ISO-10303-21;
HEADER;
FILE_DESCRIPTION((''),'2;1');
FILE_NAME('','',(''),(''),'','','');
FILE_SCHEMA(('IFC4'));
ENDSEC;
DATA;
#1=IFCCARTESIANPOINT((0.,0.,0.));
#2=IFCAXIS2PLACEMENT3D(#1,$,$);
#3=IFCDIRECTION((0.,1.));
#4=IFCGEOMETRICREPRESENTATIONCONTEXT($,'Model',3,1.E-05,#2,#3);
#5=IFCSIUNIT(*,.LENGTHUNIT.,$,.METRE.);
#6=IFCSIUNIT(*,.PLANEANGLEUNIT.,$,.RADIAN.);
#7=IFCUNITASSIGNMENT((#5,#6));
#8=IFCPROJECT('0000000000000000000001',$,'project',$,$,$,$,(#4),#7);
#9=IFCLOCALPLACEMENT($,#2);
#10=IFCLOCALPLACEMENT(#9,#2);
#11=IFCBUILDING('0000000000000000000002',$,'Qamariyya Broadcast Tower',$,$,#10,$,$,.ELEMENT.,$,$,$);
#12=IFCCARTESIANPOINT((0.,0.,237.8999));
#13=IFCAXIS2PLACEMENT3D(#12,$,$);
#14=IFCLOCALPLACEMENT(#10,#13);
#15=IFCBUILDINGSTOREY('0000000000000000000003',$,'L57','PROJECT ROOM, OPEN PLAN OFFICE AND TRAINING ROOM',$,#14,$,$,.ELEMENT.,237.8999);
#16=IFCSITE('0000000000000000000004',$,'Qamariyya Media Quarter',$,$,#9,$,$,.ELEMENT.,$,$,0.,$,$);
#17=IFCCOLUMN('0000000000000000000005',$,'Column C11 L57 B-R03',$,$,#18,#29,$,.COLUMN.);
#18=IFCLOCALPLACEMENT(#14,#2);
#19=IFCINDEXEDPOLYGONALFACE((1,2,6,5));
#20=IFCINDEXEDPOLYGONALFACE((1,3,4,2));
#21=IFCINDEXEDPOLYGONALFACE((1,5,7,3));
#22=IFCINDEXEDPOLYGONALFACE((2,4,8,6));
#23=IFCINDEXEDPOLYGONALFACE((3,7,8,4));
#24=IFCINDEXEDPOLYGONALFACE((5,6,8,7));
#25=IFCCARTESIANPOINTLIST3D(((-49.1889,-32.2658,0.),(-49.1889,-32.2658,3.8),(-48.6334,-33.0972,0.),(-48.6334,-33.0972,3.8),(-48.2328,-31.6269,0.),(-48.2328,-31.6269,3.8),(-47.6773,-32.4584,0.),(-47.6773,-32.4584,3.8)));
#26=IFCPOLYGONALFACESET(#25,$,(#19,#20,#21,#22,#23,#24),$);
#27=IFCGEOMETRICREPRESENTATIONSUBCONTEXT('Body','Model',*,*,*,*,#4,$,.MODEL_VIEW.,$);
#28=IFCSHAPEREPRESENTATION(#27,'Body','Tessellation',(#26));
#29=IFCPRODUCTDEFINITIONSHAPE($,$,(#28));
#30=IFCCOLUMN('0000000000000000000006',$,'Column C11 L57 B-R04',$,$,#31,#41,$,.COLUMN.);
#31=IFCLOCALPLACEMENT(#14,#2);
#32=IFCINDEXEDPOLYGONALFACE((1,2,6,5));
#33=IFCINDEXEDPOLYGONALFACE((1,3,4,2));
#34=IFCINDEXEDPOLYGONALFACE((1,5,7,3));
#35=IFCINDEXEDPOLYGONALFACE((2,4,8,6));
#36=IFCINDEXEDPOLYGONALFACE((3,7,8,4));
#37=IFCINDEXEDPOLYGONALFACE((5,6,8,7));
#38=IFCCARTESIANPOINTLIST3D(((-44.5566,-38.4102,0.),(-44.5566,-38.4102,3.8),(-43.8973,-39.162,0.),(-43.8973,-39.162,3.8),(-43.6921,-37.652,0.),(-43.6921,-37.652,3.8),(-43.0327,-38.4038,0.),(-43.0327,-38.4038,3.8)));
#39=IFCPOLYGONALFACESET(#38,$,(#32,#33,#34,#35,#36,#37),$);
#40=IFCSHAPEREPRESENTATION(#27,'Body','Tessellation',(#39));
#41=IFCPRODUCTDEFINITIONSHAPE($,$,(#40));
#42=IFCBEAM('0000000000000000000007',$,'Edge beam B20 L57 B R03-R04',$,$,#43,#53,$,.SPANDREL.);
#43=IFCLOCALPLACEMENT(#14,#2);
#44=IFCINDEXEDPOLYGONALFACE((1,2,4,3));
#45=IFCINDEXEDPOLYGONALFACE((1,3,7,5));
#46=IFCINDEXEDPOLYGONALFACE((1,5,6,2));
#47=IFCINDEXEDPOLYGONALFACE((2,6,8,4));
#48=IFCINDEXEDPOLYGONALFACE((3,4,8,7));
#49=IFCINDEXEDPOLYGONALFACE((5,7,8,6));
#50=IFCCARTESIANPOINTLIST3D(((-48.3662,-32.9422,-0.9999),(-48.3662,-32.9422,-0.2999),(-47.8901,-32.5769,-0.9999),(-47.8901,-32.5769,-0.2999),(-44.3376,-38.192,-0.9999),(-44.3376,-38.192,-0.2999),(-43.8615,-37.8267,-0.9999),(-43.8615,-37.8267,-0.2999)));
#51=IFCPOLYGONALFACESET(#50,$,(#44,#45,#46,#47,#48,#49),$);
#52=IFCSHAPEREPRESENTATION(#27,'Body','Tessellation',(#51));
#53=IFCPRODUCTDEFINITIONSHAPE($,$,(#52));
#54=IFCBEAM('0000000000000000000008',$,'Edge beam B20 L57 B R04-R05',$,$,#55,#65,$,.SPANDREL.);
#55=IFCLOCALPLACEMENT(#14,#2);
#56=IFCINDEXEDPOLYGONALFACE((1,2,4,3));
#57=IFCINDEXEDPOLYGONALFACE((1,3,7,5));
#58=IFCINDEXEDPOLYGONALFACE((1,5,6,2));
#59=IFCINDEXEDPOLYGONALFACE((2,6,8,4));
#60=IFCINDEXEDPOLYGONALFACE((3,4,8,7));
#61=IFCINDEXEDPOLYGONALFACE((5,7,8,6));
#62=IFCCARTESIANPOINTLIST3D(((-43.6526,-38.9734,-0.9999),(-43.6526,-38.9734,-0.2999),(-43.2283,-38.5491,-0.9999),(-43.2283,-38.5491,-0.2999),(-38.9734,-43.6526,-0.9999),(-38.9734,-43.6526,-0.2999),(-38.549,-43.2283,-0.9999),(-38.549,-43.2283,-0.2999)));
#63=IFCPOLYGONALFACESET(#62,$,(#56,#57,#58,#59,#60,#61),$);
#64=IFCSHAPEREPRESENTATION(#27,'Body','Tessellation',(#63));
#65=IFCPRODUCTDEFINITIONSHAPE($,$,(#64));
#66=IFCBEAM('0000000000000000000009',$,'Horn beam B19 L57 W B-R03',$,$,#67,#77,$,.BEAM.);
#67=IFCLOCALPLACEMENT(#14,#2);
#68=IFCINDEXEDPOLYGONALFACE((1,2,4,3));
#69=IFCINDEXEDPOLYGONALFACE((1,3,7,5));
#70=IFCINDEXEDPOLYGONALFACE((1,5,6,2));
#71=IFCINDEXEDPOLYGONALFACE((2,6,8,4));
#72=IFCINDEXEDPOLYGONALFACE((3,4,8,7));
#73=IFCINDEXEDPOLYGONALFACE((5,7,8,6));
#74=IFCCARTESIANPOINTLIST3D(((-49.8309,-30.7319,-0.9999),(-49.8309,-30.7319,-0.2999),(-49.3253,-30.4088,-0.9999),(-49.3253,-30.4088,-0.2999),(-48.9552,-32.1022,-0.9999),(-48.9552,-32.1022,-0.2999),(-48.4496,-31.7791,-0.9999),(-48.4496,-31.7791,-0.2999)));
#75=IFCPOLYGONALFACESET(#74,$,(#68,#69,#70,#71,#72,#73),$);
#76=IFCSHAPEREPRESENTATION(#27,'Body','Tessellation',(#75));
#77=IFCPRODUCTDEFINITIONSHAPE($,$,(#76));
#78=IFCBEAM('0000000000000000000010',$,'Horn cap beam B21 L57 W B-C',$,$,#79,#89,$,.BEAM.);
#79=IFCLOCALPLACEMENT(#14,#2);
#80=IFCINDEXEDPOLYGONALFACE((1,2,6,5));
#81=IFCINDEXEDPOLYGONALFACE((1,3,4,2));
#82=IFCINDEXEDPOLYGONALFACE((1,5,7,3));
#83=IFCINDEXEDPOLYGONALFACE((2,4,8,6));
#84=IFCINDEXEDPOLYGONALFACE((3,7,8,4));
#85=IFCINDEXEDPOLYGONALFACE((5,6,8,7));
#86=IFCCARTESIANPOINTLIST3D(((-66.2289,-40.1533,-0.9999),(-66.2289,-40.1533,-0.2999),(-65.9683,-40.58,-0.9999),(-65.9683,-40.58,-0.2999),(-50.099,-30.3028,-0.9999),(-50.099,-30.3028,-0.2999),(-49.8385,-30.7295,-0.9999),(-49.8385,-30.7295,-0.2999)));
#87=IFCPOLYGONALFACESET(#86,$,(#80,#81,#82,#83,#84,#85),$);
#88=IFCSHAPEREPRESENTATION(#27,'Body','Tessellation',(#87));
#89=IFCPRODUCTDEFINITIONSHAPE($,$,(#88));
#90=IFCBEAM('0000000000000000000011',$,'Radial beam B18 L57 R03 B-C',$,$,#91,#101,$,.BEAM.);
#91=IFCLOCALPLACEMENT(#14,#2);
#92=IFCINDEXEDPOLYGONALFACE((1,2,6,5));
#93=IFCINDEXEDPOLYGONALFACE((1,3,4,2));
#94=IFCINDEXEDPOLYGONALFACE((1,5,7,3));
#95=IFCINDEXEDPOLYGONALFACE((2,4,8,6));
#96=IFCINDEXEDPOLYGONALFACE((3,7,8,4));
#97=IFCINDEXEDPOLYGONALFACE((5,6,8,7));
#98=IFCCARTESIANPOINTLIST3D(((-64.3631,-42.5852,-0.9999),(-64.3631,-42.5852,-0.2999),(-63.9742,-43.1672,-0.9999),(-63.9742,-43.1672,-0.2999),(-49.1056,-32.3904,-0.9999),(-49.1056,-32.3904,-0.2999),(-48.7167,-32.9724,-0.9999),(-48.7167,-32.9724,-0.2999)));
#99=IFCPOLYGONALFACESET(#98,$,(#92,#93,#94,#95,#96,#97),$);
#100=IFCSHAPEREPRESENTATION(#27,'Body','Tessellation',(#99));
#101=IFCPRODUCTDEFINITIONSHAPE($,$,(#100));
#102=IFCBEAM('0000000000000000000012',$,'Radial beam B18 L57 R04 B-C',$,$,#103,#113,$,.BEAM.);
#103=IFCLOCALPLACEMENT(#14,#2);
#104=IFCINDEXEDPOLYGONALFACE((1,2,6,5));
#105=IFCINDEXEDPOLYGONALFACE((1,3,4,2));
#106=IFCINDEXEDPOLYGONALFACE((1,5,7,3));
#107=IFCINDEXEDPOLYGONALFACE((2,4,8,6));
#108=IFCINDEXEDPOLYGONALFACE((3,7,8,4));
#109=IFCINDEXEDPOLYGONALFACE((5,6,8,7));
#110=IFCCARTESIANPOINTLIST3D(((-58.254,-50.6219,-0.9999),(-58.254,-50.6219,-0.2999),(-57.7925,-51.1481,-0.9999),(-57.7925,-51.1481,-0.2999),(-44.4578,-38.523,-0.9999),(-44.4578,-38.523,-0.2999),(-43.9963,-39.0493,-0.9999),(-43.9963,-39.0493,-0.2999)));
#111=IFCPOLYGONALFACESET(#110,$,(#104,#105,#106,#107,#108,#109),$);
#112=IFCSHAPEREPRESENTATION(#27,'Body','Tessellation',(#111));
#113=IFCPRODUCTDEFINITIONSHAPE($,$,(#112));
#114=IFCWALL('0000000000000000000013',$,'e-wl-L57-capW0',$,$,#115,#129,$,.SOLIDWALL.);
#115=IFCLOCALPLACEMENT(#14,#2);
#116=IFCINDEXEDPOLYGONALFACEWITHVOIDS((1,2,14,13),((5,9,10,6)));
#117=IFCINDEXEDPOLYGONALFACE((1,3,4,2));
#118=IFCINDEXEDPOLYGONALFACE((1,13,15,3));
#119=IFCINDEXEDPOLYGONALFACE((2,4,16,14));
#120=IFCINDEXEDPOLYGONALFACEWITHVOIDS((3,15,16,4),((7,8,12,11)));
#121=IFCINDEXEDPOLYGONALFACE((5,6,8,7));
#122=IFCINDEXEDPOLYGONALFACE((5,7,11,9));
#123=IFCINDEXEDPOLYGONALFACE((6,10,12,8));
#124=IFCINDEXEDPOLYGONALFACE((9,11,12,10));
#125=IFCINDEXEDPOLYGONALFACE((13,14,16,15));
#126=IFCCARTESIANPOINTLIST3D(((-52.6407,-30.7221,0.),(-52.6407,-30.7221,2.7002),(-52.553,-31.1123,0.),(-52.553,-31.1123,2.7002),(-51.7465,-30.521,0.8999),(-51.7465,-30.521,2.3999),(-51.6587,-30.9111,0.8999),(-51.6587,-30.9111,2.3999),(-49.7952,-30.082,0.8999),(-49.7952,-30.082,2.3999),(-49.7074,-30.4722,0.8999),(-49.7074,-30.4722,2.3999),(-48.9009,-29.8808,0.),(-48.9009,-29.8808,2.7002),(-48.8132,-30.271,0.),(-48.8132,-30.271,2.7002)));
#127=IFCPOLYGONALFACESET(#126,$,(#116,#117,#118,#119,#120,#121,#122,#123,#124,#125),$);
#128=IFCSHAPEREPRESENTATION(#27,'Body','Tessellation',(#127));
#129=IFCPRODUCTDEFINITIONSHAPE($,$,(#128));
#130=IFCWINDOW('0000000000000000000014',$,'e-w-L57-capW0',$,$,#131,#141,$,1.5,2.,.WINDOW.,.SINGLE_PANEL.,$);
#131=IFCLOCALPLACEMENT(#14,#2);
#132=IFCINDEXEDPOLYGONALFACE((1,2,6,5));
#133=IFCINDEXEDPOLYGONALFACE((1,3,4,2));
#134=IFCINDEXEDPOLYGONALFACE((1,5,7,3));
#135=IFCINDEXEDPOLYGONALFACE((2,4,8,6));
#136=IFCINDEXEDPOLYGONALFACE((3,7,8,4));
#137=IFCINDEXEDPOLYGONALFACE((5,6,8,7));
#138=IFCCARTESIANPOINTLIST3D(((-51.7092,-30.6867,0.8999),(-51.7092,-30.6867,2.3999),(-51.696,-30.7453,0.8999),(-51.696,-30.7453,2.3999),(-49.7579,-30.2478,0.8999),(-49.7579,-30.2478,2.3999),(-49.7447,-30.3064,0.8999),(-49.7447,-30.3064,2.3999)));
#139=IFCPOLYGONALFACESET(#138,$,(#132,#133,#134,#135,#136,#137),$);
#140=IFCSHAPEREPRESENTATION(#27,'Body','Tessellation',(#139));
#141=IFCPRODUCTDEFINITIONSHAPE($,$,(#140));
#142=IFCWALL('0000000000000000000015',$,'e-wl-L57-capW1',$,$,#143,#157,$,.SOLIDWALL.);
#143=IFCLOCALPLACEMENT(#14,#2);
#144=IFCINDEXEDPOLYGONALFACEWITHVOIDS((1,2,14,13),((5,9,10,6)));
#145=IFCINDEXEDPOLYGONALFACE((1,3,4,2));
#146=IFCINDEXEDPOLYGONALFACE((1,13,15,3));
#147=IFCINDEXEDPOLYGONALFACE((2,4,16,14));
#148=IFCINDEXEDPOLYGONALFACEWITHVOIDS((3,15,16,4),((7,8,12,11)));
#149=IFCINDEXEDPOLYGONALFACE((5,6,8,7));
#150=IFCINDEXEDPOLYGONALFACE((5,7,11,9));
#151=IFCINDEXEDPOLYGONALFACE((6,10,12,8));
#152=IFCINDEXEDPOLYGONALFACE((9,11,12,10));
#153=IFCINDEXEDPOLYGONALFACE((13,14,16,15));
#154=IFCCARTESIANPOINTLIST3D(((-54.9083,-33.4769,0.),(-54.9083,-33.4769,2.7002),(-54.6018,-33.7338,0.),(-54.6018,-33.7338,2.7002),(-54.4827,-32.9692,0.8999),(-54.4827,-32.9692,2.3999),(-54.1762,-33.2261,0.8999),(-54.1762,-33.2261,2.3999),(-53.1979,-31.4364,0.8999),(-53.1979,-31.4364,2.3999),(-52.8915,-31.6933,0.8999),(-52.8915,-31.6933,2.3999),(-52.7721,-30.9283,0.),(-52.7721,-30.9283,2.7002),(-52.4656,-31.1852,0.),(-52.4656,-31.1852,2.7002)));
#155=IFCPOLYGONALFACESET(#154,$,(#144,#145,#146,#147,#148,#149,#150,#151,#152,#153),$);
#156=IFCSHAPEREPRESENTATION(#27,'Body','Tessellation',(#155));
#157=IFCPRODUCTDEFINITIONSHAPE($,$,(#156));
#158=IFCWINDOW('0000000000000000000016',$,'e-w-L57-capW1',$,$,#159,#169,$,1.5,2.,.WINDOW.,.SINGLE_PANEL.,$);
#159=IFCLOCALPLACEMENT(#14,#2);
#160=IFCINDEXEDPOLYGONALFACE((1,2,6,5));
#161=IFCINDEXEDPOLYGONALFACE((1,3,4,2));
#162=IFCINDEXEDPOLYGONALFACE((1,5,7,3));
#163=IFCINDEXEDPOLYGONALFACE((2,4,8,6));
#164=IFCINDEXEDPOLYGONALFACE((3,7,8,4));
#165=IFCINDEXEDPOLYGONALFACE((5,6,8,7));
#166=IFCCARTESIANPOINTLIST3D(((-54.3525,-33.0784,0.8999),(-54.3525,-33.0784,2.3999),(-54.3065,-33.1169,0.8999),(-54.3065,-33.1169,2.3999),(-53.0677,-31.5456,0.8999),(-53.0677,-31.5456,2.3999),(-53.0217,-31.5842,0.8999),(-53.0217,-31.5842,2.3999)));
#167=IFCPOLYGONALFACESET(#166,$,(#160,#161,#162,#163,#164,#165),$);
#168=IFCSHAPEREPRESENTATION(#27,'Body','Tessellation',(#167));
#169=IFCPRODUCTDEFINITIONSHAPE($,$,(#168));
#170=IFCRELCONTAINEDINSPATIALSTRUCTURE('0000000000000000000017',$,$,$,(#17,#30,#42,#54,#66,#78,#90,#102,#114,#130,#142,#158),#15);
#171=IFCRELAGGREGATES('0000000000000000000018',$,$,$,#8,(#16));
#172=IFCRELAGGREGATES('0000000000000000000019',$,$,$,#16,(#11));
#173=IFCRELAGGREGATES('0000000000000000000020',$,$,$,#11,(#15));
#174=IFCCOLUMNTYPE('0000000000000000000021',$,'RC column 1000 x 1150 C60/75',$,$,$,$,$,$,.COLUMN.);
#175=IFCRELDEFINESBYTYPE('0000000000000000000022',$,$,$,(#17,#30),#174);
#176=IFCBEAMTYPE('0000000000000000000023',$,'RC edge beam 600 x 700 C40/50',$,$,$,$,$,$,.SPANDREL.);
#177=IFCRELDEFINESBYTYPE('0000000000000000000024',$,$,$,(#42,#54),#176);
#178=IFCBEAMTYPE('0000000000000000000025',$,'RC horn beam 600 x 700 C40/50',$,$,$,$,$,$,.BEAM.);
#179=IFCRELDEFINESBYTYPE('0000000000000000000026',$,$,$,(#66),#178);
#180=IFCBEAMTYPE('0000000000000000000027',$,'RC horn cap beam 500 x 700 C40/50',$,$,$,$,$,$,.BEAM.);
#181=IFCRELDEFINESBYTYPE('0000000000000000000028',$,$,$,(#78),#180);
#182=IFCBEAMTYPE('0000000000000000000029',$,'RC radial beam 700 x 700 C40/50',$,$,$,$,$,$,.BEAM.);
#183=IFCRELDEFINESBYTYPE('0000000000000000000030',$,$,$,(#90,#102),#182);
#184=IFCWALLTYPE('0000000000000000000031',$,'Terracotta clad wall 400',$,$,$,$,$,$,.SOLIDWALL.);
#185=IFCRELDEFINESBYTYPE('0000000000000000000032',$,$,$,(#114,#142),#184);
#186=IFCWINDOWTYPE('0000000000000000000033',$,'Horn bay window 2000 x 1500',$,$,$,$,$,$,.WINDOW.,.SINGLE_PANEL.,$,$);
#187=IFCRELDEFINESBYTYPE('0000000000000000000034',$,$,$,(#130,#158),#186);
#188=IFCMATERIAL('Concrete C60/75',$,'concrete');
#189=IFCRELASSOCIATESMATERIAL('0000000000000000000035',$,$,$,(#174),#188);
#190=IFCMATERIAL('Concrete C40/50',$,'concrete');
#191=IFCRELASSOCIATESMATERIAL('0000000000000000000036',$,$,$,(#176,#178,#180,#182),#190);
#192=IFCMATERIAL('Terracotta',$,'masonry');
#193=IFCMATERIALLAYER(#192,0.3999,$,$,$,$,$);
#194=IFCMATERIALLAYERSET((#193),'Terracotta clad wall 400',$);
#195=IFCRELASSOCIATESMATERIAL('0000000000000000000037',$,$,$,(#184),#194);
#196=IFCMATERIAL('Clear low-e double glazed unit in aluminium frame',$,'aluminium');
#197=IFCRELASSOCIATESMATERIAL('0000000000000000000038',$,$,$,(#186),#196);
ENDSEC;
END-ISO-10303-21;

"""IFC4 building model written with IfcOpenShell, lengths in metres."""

from ifc_helpers import new_model, si_unit, direction, frame, frame_2d, origin, origin_2d, place, context, subcontext, project, spatial, rectangle, extrude, material, layer, layer_set, material_profile, profile_set, type_object, element, fill, save


model = new_model("IFC4")

# Units and contexts
model_context = context("Model", 3, precision=1e-05, world=origin(), true_north=direction((0.0, 1.0)))
body_context = subcontext(model_context, "Body", "Model", "MODEL_VIEW")
ifc_project = project(units=[si_unit("LENGTHUNIT", "METRE"), si_unit("PLANEANGLEUNIT", "RADIAN")], contexts=[model_context])

# Site, building, storey
site_placement = place(None, origin())
site = spatial("IfcSite", under=ifc_project, at=site_placement, Name="Qamariyya Media Quarter", CompositionType="ELEMENT", RefElevation=0.0)
building_placement = place(site_placement, origin())
building = spatial("IfcBuilding", under=site, at=building_placement, Name="Qamariyya Broadcast Tower", CompositionType="ELEMENT")
storey_placement = place(building_placement, frame((0.0, 0.0, 237.8999)))
storey = spatial("IfcBuildingStorey", under=building, at=storey_placement, Name="L57", Description="PROJECT ROOM, OPEN PLAN OFFICE AND TRAINING ROOM", CompositionType="ELEMENT", Elevation=237.8999)

# Columns
ifc_material_1 = material(Name="Concrete C60/75", Category="concrete")
ifc_material_profile_1 = material_profile(ifc_material_1, rectangle(XDim=1.0, YDim=1.1499, at=origin_2d()))
ifc_profile_set_1 = profile_set([ifc_material_profile_1], Name="Concrete C60/75")
column_type = type_object("IfcColumnType", Name="RC column 1000 x 1150 C60/75", PredefinedType="COLUMN", material=ifc_profile_set_1)
for number, where, z_axis, x_axis, name in (
    (1, (-48.4331, -32.3621, 0.0), (0.0, 0.0, 1.0), (0.55557, -0.83147, 0.0), "Column C11 L57 B-R03"),
    (2, (-43.7947, -38.407, 0.0), (0.0, 0.0, 1.0), (0.659346, -0.75184, 0.0), "Column C11 L57 B-R04"),
):
    element("IfcColumn", number, at=place(storey_placement, frame(where, z_axis=z_axis, x_axis=x_axis)), inside=storey, type_object=column_type, Name=name, PredefinedType="COLUMN", context=body_context, shape_type="SweptSolid", body=[
        extrude(rectangle(XDim=1.0, YDim=1.1499, at=origin_2d()), origin(), (0.0, 0.0, 1.0), 3.8),
    ])

# Beams
ifc_material_2 = material(Name="Concrete C40/50", Category="concrete")
ifc_material_profile_2 = material_profile(ifc_material_2, rectangle(XDim=0.6001, YDim=0.7, at=origin_2d()))
ifc_profile_set_2 = profile_set([ifc_material_profile_2], Name="Concrete C40/50")
beam_type_1 = type_object("IfcBeamType", Name="RC edge beam 600 x 700 C40/50", PredefinedType="SPANDREL", material=ifc_profile_set_2)
for number, where, z_axis, x_axis, name in (
    (3, (-48.1282, -32.7595, -0.6499), (0.608789, -0.793333, 0.0), (0.793333, 0.608789, 0.0), "Edge beam B20 L57 B R03-R04"),
    (4, (-43.4404, -38.7612, -0.6499), (0.707107, -0.707107, 0.0), (0.707107, 0.707107, 0.0), "Edge beam B20 L57 B R04-R05"),
):
    element("IfcBeam", number, at=place(storey_placement, frame(where, z_axis=z_axis, x_axis=x_axis)), inside=storey, type_object=beam_type_1, Name=name, PredefinedType="SPANDREL", context=body_context, shape_type="SweptSolid", body=[
        extrude(rectangle(XDim=0.6001, YDim=0.7, at=origin_2d()), origin(), (0.0, 0.0, 1.0), 6.6174),
    ])
ifc_material_profile_3 = material_profile(ifc_material_2, rectangle(XDim=0.6001, YDim=0.7, at=origin_2d()))
ifc_profile_set_3 = profile_set([ifc_material_profile_3], Name="Concrete C40/50")
beam_type_2 = type_object("IfcBeamType", Name="RC horn beam 600 x 700 C40/50", PredefinedType="BEAM", material=ifc_profile_set_3)
beam_1_placement = place(storey_placement, frame((-48.7024, -31.9407, -0.6499), z_axis=(-0.538487, 0.842634, 0.0), x_axis=(-0.842634, -0.538487, 0.0)))
element("IfcBeam", 5, at=beam_1_placement, inside=storey, type_object=beam_type_2, Name="Horn beam B19 L57 W B-R03", PredefinedType="BEAM", context=body_context, shape_type="SweptSolid", body=[
    extrude(rectangle(XDim=0.6001, YDim=0.7, at=origin_2d()), origin(), (0.0, 0.0, 1.0), 1.6262),
])
ifc_material_profile_4 = material_profile(ifc_material_2, rectangle(XDim=0.5, YDim=0.7, at=origin_2d()))
ifc_profile_set_4 = profile_set([ifc_material_profile_4], Name="Concrete C40/50")
beam_type_3 = type_object("IfcBeamType", Name="RC horn cap beam 500 x 700 C40/50", PredefinedType="BEAM", material=ifc_profile_set_4)
beam_2_placement = place(storey_placement, frame((-49.9688, -30.5161, -0.6499), z_axis=(-0.853436, -0.521197, 0.0), x_axis=(0.521197, -0.853436, 0.0)))
element("IfcBeam", 6, at=beam_2_placement, inside=storey, type_object=beam_type_3, Name="Horn cap beam B21 L57 W B-C", PredefinedType="BEAM", context=body_context, shape_type="SweptSolid", body=[
    extrude(rectangle(XDim=0.5, YDim=0.7, at=origin_2d()), origin(), (0.0, 0.0, 1.0), 18.8999),
])
ifc_material_profile_5 = material_profile(ifc_material_2, rectangle(XDim=0.7, YDim=0.7, at=origin_2d()))
ifc_profile_set_5 = profile_set([ifc_material_profile_5], Name="Concrete C40/50")
beam_type_4 = type_object("IfcBeamType", Name="RC radial beam 700 x 700 C40/50", PredefinedType="BEAM", material=ifc_profile_set_5)
beam_3_placement = place(storey_placement, frame((-48.9111, -32.6814, -0.6499), z_axis=(-0.831469, -0.555572, 0.0), x_axis=(0.555572, -0.831469, 0.0)))
element("IfcBeam", 7, at=beam_3_placement, inside=storey, type_object=beam_type_4, Name="Radial beam B18 L57 R03 B-C", PredefinedType="BEAM", context=body_context, shape_type="SweptSolid", body=[
    extrude(rectangle(XDim=0.7, YDim=0.7, at=origin_2d()), origin(), (0.0, 0.0, 1.0), 18.3501),
])
beam_4_placement = place(storey_placement, frame((-44.2271, -38.7861, -0.6499), z_axis=(-0.75184, -0.659345, 0.0), x_axis=(0.659345, -0.75184, 0.0)))
element("IfcBeam", 8, at=beam_4_placement, inside=storey, type_object=beam_type_4, Name="Radial beam B18 L57 R04 B-C", PredefinedType="BEAM", context=body_context, shape_type="SweptSolid", body=[
    extrude(rectangle(XDim=0.7, YDim=0.7, at=origin_2d()), origin(), (0.0, 0.0, 1.0), 18.3499),
])

# Walls, openings, windows
ifc_material_3 = material(Name="Terracotta", Category="masonry")
ifc_layer = layer(ifc_material_3, 0.3999)
ifc_layer_set = layer_set([ifc_layer], Name="Terracotta clad wall 400")
wall_type = type_object("IfcWallType", Name="Terracotta clad wall 400", PredefinedType="SOLIDWALL", material=ifc_layer_set)
wall_1_placement = place(storey_placement, frame((-48.8572, -30.0759, 0.0), z_axis=(0.0, 0.0, 1.0), x_axis=(-0.975617, -0.219479, 0.0)))
wall_1 = element("IfcWall", 9, at=wall_1_placement, inside=storey, type_object=wall_type, Name="e-wl-L57-capW0", PredefinedType="SOLIDWALL", context=body_context, shape_type="SweptSolid", body=[
    extrude(rectangle(XDim=3.8333, YDim=0.3999, at=frame_2d((1.9165, 0.0))), origin(), (0.0, 0.0, 1.0), 2.7002),
])
opening_1_placement = place(wall_1_placement, frame((0.9165, 0.0, 0.8999)))
opening_1 = element("IfcOpeningElement", 10, at=opening_1_placement, cuts=wall_1, PredefinedType="OPENING", context=body_context, shape_type="SweptSolid", body=[
    extrude(rectangle(XDim=2.0, YDim=1.5, at=frame_2d((1.0, 0.75))), frame((0.0, 0.21, 0.0), z_axis=(0.0, -1.0, 0.0), x_axis=(1.0, 0.0, 0.0)), (0.0, 0.0, 1.0), 0.4199),
])
ifc_material_4 = material(Name="Clear low-e double glazed unit in aluminium frame", Category="aluminium")
window_type_1 = type_object("IfcWindowType", Name="Horn bay window 2000 x 1500", PartitioningType="SINGLE_PANEL", PredefinedType="WINDOW", material=ifc_material_4)
window_1_placement = place(opening_1_placement, origin())
window_1 = element("IfcWindow", 11, at=window_1_placement, inside=storey, type_object=window_type_1, Name="e-w-L57-capW0", OverallHeight=1.5, OverallWidth=2.0, PartitioningType="SINGLE_PANEL", PredefinedType="WINDOW", context=body_context, shape_type="SweptSolid", body=[
    extrude(rectangle(XDim=2.0, YDim=1.5, at=frame_2d((1.0, 0.75))), frame((0.0, 0.03, 0.0), z_axis=(0.0, -1.0, 0.0), x_axis=(1.0, 0.0, 0.0)), (0.0, 0.0, 1.0), 0.0601),
])
fill(opening_1, window_1)
wall_2_placement = place(storey_placement, frame((-52.6189, -31.0569, 0.0), z_axis=(0.0, 0.0, 1.0), x_axis=(-0.642384, -0.766383, 0.0)))
wall_2 = element("IfcWall", 12, at=wall_2_placement, inside=storey, type_object=wall_type, Name="e-wl-L57-capW1", PredefinedType="SOLIDWALL", context=body_context, shape_type="SweptSolid", body=[
    extrude(rectangle(XDim=3.3254, YDim=0.3999, at=frame_2d((1.6626, 0.0))), origin(), (0.0, 0.0, 1.0), 2.7002),
])
opening_2_placement = place(wall_2_placement, frame((0.6628, 0.0, 0.8999)))
opening_2 = element("IfcOpeningElement", 13, at=opening_2_placement, cuts=wall_2, PredefinedType="OPENING", context=body_context, shape_type="SweptSolid", body=[
    extrude(rectangle(XDim=2.0, YDim=1.5, at=frame_2d((1.0, 0.75))), frame((0.0, 0.21, 0.0), z_axis=(0.0, -1.0, 0.0), x_axis=(1.0, 0.0, 0.0)), (0.0, 0.0, 1.0), 0.4199),
])
window_2_placement = place(opening_2_placement, origin())
window_2 = element("IfcWindow", 14, at=window_2_placement, inside=storey, type_object=window_type_1, Name="e-w-L57-capW1", OverallHeight=1.5, OverallWidth=2.0, PartitioningType="SINGLE_PANEL", PredefinedType="WINDOW", context=body_context, shape_type="SweptSolid", body=[
    extrude(rectangle(XDim=2.0, YDim=1.5, at=frame_2d((1.0, 0.75))), frame((0.0, 0.03, 0.0), z_axis=(0.0, -1.0, 0.0), x_axis=(1.0, 0.0, 0.0)), (0.0, 0.0, 1.0), 0.0601),
])
fill(opening_2, window_2)

save(model, "model.ifc")
